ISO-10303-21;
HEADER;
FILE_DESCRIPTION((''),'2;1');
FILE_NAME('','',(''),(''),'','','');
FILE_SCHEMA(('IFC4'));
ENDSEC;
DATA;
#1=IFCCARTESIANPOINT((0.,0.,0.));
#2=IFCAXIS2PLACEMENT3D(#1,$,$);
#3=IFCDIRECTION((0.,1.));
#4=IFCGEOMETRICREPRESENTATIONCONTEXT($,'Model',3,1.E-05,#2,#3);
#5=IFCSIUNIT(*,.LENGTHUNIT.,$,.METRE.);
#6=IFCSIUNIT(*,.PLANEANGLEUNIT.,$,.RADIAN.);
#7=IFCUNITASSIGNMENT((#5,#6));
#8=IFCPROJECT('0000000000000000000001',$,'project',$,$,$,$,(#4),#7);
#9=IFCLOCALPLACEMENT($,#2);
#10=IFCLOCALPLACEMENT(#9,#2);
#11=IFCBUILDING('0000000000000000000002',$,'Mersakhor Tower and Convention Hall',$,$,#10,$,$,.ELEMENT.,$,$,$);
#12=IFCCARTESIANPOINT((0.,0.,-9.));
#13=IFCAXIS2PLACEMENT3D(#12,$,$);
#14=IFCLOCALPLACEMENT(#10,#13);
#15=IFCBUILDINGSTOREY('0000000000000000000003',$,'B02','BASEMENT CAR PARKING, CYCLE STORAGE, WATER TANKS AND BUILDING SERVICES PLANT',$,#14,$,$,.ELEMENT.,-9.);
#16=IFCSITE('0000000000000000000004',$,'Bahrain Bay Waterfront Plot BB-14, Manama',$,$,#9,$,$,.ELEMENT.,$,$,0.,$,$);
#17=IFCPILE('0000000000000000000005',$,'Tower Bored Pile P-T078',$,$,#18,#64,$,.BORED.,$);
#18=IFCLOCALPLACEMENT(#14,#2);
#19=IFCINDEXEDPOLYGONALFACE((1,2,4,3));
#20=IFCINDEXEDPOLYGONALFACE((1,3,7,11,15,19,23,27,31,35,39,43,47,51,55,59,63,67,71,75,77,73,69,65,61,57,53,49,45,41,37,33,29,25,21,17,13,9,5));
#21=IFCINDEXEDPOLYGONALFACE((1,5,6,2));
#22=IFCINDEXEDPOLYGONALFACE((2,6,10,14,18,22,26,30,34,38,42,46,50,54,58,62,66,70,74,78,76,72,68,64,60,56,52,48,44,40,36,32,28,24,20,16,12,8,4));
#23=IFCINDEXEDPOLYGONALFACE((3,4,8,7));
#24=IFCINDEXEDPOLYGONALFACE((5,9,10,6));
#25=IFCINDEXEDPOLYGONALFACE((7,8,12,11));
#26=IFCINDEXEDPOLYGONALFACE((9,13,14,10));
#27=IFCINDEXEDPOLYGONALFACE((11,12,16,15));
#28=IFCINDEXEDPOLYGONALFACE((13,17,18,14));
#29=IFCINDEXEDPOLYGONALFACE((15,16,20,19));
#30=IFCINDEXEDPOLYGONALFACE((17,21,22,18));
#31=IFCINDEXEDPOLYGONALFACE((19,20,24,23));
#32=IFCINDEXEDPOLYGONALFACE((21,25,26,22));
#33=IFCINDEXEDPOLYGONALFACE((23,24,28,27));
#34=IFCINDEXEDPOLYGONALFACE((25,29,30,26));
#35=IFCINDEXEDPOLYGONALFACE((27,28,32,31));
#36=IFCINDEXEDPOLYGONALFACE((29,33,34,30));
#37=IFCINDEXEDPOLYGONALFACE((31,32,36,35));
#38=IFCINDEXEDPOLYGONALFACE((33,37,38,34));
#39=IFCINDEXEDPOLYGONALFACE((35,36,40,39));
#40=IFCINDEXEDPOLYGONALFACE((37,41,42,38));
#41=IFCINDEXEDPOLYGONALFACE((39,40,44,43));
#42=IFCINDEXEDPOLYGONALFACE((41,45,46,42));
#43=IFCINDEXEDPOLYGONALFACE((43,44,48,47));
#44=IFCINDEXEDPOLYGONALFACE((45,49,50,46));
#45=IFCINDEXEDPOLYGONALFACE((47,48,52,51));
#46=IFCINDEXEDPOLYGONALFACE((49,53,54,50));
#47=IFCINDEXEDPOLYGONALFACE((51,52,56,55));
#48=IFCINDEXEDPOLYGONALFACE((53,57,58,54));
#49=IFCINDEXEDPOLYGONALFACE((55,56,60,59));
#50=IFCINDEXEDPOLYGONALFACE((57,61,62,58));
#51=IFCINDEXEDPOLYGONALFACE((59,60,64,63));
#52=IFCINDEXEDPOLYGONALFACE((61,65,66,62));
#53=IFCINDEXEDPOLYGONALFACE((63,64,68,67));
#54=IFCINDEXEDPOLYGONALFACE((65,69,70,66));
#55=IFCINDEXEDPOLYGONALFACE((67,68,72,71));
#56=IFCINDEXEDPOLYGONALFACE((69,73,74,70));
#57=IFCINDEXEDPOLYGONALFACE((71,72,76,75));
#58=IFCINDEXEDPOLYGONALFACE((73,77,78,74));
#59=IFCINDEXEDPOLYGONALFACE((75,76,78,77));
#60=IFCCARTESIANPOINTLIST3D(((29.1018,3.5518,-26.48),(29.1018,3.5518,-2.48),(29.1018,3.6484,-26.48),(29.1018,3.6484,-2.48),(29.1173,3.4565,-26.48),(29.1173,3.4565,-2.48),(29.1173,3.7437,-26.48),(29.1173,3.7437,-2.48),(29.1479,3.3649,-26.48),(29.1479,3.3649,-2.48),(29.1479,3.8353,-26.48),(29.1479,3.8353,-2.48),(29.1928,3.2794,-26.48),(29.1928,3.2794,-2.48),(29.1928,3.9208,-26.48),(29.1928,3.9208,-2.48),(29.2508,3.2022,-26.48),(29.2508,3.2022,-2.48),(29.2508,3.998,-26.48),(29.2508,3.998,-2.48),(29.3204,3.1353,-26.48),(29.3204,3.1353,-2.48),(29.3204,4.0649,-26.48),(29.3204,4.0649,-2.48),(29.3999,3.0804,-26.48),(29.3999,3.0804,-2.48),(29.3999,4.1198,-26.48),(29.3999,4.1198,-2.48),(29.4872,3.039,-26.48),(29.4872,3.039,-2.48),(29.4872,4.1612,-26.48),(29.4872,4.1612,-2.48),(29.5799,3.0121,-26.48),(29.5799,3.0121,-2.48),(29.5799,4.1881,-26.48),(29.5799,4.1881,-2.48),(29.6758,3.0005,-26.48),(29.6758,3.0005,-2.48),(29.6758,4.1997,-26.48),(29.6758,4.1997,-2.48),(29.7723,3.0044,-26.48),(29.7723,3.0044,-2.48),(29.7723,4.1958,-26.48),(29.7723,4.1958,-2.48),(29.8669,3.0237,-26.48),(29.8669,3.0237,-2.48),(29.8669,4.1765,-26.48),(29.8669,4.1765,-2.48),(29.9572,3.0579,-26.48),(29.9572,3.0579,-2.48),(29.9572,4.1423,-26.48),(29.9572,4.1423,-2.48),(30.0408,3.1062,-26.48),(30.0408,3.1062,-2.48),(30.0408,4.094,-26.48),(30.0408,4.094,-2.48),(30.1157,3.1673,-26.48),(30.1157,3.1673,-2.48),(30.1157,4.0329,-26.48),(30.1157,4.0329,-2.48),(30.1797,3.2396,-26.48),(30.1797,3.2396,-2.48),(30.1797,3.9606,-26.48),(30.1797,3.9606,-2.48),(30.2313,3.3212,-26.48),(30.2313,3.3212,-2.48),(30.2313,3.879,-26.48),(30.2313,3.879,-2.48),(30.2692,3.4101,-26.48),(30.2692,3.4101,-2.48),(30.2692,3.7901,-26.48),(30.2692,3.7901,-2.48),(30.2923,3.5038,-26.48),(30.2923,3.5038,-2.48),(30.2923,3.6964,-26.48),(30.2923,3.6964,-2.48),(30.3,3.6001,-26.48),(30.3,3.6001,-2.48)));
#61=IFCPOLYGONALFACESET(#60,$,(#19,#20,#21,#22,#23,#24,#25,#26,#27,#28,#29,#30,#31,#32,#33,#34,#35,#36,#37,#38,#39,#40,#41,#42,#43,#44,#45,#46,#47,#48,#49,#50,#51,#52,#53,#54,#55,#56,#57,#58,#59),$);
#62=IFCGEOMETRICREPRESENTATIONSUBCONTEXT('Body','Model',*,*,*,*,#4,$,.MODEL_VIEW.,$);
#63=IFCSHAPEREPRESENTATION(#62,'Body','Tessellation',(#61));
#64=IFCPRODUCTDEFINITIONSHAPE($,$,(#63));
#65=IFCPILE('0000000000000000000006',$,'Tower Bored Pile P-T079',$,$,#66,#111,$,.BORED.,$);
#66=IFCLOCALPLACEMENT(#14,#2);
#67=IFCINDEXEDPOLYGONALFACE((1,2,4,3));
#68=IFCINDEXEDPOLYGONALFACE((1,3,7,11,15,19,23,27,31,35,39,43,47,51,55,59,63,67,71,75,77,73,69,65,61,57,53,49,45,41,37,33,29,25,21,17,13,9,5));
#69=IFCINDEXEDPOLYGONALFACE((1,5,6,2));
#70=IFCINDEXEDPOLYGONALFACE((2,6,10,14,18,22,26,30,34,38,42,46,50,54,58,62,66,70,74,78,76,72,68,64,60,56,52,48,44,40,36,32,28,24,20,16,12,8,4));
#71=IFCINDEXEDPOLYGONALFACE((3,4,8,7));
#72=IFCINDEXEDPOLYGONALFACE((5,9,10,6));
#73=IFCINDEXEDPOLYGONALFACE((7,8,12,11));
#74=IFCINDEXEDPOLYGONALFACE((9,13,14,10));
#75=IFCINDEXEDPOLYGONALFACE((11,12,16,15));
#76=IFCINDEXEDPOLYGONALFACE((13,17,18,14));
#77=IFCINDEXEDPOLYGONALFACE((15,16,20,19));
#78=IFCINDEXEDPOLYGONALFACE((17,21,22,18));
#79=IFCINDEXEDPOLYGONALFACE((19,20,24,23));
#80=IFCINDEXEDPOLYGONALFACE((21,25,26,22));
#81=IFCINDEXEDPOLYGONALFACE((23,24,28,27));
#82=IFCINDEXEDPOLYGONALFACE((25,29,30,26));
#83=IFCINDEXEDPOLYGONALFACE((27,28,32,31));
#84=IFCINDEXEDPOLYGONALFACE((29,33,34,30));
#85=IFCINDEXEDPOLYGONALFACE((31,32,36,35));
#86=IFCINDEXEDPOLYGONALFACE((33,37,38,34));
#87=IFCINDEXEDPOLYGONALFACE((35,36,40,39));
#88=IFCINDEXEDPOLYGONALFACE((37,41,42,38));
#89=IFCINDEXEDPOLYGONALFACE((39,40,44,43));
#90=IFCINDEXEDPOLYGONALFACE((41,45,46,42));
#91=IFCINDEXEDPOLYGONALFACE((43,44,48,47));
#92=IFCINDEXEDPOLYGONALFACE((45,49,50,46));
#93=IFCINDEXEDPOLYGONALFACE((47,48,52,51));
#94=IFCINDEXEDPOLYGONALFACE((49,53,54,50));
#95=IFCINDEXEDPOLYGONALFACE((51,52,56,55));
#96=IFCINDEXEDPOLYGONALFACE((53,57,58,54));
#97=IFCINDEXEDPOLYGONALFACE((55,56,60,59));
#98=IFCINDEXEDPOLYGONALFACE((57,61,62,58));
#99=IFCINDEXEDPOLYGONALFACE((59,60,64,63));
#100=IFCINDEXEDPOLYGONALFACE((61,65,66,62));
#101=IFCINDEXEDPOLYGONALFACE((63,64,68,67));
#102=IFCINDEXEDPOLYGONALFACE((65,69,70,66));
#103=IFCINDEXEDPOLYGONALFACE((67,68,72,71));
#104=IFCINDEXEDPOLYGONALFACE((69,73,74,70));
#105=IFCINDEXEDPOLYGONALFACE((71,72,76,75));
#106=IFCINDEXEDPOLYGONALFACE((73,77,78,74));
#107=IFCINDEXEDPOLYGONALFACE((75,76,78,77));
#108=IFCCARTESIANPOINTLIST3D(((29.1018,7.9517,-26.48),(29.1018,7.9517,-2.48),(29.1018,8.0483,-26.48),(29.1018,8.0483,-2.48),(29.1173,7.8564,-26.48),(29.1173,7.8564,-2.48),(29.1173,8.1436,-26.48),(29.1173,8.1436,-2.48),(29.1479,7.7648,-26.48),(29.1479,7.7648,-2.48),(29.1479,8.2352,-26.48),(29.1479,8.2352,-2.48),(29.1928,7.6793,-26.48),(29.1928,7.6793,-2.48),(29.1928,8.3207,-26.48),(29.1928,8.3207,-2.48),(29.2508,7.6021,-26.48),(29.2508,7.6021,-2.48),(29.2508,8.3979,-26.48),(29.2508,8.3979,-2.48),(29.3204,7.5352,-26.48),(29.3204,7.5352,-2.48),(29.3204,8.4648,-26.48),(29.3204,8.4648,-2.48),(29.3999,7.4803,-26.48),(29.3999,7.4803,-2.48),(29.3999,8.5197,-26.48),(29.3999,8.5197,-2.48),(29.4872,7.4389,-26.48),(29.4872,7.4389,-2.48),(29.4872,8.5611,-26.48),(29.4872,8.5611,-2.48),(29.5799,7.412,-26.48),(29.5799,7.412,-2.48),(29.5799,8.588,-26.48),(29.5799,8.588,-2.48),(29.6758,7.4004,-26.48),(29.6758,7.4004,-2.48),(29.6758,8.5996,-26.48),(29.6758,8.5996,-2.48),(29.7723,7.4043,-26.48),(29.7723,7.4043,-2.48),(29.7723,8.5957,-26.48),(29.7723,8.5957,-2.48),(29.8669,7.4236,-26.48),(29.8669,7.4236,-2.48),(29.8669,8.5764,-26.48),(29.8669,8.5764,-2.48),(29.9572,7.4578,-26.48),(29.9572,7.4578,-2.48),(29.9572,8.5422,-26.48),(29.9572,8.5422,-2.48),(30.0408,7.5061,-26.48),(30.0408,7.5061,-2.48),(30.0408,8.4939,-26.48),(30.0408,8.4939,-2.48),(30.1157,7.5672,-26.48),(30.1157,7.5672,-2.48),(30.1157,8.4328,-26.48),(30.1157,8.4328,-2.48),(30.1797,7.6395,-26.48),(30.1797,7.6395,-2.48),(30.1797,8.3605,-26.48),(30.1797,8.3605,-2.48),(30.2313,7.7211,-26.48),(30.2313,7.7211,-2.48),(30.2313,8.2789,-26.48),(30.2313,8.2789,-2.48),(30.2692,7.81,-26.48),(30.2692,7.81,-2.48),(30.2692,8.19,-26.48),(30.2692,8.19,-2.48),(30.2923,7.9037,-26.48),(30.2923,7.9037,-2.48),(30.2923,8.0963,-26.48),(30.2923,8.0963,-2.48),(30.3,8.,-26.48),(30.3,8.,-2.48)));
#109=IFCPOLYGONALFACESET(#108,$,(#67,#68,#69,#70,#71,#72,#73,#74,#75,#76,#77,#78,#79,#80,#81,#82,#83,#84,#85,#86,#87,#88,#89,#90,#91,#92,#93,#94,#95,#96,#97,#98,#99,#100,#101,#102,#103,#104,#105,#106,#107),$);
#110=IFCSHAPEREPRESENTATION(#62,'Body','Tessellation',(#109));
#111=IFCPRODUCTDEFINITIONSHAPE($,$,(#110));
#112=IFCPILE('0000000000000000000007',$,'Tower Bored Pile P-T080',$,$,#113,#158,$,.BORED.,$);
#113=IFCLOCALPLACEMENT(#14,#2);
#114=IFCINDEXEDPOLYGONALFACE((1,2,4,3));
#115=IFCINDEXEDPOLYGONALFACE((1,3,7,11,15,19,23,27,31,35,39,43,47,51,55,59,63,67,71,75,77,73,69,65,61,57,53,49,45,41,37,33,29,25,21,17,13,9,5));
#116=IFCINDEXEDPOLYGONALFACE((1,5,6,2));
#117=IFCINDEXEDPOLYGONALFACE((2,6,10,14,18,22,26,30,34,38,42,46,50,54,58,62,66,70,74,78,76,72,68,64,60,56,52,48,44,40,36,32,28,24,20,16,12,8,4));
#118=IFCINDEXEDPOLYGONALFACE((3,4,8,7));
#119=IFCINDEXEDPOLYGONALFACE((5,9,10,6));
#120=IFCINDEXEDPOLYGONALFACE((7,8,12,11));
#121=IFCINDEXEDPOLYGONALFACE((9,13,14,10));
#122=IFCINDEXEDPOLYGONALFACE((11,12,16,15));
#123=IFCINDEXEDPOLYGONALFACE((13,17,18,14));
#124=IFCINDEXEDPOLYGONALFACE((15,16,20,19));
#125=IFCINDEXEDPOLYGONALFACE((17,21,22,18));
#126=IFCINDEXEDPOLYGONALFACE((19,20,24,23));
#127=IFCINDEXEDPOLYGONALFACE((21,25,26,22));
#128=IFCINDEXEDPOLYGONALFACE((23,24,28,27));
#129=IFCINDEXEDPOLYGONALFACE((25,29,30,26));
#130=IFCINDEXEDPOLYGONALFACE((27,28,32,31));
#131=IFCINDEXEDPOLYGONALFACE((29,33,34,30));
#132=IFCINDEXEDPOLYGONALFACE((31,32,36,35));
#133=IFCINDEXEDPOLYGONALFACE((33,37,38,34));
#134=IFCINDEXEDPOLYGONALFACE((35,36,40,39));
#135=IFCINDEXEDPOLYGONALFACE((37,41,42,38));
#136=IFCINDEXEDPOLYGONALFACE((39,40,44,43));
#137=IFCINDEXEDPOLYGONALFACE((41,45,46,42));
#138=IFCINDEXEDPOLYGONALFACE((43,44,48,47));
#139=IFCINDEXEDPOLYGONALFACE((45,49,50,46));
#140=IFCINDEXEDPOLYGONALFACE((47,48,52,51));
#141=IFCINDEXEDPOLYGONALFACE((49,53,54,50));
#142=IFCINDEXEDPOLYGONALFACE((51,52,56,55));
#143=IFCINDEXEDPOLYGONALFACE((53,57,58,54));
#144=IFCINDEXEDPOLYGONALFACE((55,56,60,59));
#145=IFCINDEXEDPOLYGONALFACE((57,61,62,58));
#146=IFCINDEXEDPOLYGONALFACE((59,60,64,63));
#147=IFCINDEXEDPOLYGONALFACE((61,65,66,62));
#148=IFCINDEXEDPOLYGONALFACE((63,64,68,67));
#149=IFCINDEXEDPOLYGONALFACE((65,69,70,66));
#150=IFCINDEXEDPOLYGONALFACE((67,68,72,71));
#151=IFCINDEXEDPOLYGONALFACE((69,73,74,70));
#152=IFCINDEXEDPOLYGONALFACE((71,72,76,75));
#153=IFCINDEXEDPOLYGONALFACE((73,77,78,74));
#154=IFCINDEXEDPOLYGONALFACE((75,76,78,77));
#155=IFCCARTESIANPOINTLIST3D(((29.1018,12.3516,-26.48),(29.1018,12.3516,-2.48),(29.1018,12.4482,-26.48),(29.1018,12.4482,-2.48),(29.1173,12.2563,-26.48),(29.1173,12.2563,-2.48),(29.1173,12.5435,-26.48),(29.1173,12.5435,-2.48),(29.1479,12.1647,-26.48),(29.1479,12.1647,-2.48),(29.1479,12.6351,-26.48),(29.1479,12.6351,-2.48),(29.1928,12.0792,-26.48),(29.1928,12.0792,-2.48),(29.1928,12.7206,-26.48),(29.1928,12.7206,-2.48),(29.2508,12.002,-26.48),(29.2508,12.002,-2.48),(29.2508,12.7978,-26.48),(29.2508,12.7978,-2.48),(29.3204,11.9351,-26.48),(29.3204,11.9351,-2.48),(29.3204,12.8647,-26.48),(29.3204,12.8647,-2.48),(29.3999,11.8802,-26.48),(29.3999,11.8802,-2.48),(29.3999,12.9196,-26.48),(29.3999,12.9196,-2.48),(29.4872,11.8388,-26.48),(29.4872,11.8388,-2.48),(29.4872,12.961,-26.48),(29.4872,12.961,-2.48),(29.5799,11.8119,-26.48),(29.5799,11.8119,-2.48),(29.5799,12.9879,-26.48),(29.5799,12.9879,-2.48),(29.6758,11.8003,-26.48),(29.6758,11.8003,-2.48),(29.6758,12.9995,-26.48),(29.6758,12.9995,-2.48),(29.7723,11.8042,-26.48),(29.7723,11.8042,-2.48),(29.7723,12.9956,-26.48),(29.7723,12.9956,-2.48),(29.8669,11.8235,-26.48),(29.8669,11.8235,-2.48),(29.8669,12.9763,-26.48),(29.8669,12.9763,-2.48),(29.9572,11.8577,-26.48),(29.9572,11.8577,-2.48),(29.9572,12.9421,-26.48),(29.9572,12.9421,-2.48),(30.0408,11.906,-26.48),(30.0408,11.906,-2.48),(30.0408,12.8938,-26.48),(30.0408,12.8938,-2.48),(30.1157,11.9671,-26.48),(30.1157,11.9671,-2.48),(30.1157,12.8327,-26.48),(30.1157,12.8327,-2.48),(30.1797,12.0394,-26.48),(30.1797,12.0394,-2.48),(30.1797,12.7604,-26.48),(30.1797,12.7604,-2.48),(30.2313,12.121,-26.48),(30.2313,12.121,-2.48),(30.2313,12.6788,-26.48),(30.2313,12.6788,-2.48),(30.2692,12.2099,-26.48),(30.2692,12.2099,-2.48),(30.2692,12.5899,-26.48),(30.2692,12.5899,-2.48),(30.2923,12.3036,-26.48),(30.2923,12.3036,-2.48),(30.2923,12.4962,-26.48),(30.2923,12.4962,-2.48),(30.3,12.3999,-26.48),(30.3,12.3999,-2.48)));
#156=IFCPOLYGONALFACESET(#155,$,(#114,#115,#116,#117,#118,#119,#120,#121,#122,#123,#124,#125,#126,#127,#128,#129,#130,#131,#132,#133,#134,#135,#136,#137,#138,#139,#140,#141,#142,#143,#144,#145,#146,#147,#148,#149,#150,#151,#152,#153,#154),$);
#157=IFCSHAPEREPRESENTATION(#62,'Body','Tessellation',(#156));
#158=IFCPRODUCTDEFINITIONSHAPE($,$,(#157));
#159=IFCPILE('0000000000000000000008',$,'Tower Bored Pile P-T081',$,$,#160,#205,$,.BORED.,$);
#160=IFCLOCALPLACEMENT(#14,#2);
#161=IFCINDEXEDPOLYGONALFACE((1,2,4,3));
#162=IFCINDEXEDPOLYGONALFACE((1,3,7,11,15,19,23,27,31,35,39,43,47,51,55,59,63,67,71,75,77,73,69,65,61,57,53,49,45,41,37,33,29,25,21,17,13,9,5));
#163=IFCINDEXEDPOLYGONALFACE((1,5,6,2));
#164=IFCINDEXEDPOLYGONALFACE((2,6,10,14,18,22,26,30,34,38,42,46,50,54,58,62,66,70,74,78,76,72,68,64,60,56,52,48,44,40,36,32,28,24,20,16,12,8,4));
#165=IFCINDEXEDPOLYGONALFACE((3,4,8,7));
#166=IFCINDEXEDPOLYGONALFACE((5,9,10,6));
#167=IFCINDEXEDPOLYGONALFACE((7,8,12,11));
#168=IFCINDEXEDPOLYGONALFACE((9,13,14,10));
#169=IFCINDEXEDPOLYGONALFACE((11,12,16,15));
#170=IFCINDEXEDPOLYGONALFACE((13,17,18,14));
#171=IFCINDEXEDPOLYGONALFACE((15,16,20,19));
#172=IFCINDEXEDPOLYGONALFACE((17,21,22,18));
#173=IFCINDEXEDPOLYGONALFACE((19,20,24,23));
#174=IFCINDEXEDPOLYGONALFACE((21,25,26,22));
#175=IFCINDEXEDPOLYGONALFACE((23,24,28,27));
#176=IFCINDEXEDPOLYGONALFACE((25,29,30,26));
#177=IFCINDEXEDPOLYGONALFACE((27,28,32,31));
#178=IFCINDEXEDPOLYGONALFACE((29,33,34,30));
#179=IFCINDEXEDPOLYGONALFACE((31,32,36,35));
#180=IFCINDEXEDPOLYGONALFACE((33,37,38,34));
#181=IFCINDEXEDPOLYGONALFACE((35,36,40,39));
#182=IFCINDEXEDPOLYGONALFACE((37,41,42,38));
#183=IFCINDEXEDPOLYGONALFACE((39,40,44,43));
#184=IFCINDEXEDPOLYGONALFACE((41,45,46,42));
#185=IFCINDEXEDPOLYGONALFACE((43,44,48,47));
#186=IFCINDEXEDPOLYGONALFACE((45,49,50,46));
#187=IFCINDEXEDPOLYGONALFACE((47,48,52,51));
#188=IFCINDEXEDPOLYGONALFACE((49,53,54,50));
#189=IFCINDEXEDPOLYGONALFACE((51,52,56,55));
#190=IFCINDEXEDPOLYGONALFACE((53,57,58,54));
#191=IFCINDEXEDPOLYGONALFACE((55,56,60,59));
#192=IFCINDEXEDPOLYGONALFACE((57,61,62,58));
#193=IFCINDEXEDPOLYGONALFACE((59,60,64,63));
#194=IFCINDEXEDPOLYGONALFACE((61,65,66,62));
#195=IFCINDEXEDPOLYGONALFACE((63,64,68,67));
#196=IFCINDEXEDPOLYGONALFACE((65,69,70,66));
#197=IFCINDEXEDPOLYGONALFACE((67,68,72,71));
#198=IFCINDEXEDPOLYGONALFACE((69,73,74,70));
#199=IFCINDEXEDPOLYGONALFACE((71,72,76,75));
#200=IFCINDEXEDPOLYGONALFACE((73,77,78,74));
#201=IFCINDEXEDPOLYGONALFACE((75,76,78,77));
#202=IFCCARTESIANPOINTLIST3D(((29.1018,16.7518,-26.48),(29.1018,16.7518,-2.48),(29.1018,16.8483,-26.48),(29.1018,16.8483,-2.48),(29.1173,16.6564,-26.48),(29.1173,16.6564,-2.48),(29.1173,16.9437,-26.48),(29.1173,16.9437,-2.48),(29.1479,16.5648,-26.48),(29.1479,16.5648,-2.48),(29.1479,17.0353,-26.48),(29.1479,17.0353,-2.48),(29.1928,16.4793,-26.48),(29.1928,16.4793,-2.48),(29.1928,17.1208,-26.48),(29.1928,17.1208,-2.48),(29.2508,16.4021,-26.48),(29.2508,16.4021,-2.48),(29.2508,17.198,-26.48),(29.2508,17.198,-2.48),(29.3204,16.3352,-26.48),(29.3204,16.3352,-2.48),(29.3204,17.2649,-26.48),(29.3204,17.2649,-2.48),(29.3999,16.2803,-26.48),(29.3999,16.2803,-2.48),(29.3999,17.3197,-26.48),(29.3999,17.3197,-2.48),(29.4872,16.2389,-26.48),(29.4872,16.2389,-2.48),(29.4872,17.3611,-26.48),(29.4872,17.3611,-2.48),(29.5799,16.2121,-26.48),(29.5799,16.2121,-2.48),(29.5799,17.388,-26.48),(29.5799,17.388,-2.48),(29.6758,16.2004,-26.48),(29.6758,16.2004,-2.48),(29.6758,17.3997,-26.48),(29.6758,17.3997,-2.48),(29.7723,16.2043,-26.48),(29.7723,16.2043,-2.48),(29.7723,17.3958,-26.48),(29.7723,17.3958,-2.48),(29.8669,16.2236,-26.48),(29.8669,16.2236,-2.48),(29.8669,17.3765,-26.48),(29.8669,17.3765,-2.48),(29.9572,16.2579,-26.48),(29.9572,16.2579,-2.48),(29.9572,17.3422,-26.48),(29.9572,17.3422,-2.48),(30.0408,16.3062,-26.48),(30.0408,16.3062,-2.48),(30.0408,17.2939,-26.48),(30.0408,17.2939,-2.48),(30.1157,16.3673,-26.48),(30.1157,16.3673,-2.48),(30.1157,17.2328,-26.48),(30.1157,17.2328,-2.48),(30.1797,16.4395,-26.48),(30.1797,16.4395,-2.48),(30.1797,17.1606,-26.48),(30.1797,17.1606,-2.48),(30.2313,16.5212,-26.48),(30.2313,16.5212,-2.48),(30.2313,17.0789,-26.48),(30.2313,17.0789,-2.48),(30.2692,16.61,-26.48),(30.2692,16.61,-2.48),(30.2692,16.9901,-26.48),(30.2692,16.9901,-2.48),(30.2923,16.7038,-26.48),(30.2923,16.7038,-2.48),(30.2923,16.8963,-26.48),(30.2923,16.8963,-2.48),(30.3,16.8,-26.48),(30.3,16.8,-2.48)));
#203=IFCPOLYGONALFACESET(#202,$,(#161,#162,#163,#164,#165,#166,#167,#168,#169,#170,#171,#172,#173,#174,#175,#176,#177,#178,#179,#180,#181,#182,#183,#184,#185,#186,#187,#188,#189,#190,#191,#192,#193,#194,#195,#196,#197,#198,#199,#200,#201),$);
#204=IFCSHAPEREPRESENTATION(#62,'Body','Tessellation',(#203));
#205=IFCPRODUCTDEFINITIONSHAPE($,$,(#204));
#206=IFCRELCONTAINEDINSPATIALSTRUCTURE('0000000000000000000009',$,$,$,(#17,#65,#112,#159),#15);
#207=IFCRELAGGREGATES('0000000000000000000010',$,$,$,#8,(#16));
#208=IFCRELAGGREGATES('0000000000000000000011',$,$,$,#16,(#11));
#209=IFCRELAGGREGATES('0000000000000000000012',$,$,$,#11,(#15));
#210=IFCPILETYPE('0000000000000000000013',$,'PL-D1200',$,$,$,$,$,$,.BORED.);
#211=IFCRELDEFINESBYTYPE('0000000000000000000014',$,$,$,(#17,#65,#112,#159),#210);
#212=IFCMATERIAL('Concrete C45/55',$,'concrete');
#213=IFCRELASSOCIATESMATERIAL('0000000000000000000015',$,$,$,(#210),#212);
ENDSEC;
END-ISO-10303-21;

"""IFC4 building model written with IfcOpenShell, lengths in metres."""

from ifc_helpers import new_model, si_unit, direction, frame, origin, origin_2d, place, context, subcontext, project, spatial, circle, extrude, material, material_profile, profile_set, type_object, element, save


model = new_model("IFC4")

# Units and contexts
model_context = context("Model", 3, precision=1e-05, world=origin(), true_north=direction((0.0, 1.0)))
body_context = subcontext(model_context, "Body", "Model", "MODEL_VIEW")
ifc_project = project(units=[si_unit("LENGTHUNIT", "METRE"), si_unit("PLANEANGLEUNIT", "RADIAN")], contexts=[model_context])

# Site, building, storey
site_placement = place(None, origin())
site = spatial("IfcSite", under=ifc_project, at=site_placement, Name="Bahrain Bay Waterfront Plot BB-14, Manama", CompositionType="ELEMENT", RefElevation=0.0)
building_placement = place(site_placement, origin())
building = spatial("IfcBuilding", under=site, at=building_placement, Name="Mersakhor Tower and Convention Hall", CompositionType="ELEMENT")
storey_placement = place(building_placement, frame((0.0, 0.0, -9.0)))
storey = spatial("IfcBuildingStorey", under=building, at=storey_placement, Name="B02", Description="BASEMENT CAR PARKING, CYCLE STORAGE, WATER TANKS AND BUILDING SERVICES PLANT", CompositionType="ELEMENT", Elevation=-9.0)

# Piles
ifc_material_1 = material(Name="Concrete C45/55", Category="concrete")
ifc_material_profile_1 = material_profile(ifc_material_1, circle(Radius=0.6001, at=origin_2d()), Name="PILE D1200")
ifc_profile_set_1 = profile_set([ifc_material_profile_1], Name="Concrete C45/55")
pile_type = type_object("IfcPileType", Name="PL-D1200", PredefinedType="BORED", material=ifc_profile_set_1)
for number, where, z_axis, x_axis, name in (
    (1, (29.7, 3.6001, -2.48), (0.0, 0.0, -1.0), (1.0, 0.0, 0.0), "Tower Bored Pile P-T078"),
    (2, (29.7, 8.0, -2.48), (0.0, 0.0, -1.0), (1.0, 0.0, 0.0), "Tower Bored Pile P-T079"),
    (3, (29.7, 12.3999, -2.48), (0.0, 0.0, -1.0), (1.0, 0.0, 0.0), "Tower Bored Pile P-T080"),
    (4, (29.7, 16.8, -2.48), (0.0, 0.0, -1.0), (1.0, 0.0, 0.0), "Tower Bored Pile P-T081"),
):
    element("IfcPile", number, at=place(storey_placement, frame(where, z_axis=z_axis, x_axis=x_axis)), inside=storey, type_object=pile_type, Name=name, PredefinedType="BORED", context=body_context, shape_type="SweptSolid", body=[
        extrude(circle(Radius=0.6001, at=origin_2d()), origin(), (0.0, 0.0, 1.0), 24.0),
    ])

save(model, "model.ifc")
